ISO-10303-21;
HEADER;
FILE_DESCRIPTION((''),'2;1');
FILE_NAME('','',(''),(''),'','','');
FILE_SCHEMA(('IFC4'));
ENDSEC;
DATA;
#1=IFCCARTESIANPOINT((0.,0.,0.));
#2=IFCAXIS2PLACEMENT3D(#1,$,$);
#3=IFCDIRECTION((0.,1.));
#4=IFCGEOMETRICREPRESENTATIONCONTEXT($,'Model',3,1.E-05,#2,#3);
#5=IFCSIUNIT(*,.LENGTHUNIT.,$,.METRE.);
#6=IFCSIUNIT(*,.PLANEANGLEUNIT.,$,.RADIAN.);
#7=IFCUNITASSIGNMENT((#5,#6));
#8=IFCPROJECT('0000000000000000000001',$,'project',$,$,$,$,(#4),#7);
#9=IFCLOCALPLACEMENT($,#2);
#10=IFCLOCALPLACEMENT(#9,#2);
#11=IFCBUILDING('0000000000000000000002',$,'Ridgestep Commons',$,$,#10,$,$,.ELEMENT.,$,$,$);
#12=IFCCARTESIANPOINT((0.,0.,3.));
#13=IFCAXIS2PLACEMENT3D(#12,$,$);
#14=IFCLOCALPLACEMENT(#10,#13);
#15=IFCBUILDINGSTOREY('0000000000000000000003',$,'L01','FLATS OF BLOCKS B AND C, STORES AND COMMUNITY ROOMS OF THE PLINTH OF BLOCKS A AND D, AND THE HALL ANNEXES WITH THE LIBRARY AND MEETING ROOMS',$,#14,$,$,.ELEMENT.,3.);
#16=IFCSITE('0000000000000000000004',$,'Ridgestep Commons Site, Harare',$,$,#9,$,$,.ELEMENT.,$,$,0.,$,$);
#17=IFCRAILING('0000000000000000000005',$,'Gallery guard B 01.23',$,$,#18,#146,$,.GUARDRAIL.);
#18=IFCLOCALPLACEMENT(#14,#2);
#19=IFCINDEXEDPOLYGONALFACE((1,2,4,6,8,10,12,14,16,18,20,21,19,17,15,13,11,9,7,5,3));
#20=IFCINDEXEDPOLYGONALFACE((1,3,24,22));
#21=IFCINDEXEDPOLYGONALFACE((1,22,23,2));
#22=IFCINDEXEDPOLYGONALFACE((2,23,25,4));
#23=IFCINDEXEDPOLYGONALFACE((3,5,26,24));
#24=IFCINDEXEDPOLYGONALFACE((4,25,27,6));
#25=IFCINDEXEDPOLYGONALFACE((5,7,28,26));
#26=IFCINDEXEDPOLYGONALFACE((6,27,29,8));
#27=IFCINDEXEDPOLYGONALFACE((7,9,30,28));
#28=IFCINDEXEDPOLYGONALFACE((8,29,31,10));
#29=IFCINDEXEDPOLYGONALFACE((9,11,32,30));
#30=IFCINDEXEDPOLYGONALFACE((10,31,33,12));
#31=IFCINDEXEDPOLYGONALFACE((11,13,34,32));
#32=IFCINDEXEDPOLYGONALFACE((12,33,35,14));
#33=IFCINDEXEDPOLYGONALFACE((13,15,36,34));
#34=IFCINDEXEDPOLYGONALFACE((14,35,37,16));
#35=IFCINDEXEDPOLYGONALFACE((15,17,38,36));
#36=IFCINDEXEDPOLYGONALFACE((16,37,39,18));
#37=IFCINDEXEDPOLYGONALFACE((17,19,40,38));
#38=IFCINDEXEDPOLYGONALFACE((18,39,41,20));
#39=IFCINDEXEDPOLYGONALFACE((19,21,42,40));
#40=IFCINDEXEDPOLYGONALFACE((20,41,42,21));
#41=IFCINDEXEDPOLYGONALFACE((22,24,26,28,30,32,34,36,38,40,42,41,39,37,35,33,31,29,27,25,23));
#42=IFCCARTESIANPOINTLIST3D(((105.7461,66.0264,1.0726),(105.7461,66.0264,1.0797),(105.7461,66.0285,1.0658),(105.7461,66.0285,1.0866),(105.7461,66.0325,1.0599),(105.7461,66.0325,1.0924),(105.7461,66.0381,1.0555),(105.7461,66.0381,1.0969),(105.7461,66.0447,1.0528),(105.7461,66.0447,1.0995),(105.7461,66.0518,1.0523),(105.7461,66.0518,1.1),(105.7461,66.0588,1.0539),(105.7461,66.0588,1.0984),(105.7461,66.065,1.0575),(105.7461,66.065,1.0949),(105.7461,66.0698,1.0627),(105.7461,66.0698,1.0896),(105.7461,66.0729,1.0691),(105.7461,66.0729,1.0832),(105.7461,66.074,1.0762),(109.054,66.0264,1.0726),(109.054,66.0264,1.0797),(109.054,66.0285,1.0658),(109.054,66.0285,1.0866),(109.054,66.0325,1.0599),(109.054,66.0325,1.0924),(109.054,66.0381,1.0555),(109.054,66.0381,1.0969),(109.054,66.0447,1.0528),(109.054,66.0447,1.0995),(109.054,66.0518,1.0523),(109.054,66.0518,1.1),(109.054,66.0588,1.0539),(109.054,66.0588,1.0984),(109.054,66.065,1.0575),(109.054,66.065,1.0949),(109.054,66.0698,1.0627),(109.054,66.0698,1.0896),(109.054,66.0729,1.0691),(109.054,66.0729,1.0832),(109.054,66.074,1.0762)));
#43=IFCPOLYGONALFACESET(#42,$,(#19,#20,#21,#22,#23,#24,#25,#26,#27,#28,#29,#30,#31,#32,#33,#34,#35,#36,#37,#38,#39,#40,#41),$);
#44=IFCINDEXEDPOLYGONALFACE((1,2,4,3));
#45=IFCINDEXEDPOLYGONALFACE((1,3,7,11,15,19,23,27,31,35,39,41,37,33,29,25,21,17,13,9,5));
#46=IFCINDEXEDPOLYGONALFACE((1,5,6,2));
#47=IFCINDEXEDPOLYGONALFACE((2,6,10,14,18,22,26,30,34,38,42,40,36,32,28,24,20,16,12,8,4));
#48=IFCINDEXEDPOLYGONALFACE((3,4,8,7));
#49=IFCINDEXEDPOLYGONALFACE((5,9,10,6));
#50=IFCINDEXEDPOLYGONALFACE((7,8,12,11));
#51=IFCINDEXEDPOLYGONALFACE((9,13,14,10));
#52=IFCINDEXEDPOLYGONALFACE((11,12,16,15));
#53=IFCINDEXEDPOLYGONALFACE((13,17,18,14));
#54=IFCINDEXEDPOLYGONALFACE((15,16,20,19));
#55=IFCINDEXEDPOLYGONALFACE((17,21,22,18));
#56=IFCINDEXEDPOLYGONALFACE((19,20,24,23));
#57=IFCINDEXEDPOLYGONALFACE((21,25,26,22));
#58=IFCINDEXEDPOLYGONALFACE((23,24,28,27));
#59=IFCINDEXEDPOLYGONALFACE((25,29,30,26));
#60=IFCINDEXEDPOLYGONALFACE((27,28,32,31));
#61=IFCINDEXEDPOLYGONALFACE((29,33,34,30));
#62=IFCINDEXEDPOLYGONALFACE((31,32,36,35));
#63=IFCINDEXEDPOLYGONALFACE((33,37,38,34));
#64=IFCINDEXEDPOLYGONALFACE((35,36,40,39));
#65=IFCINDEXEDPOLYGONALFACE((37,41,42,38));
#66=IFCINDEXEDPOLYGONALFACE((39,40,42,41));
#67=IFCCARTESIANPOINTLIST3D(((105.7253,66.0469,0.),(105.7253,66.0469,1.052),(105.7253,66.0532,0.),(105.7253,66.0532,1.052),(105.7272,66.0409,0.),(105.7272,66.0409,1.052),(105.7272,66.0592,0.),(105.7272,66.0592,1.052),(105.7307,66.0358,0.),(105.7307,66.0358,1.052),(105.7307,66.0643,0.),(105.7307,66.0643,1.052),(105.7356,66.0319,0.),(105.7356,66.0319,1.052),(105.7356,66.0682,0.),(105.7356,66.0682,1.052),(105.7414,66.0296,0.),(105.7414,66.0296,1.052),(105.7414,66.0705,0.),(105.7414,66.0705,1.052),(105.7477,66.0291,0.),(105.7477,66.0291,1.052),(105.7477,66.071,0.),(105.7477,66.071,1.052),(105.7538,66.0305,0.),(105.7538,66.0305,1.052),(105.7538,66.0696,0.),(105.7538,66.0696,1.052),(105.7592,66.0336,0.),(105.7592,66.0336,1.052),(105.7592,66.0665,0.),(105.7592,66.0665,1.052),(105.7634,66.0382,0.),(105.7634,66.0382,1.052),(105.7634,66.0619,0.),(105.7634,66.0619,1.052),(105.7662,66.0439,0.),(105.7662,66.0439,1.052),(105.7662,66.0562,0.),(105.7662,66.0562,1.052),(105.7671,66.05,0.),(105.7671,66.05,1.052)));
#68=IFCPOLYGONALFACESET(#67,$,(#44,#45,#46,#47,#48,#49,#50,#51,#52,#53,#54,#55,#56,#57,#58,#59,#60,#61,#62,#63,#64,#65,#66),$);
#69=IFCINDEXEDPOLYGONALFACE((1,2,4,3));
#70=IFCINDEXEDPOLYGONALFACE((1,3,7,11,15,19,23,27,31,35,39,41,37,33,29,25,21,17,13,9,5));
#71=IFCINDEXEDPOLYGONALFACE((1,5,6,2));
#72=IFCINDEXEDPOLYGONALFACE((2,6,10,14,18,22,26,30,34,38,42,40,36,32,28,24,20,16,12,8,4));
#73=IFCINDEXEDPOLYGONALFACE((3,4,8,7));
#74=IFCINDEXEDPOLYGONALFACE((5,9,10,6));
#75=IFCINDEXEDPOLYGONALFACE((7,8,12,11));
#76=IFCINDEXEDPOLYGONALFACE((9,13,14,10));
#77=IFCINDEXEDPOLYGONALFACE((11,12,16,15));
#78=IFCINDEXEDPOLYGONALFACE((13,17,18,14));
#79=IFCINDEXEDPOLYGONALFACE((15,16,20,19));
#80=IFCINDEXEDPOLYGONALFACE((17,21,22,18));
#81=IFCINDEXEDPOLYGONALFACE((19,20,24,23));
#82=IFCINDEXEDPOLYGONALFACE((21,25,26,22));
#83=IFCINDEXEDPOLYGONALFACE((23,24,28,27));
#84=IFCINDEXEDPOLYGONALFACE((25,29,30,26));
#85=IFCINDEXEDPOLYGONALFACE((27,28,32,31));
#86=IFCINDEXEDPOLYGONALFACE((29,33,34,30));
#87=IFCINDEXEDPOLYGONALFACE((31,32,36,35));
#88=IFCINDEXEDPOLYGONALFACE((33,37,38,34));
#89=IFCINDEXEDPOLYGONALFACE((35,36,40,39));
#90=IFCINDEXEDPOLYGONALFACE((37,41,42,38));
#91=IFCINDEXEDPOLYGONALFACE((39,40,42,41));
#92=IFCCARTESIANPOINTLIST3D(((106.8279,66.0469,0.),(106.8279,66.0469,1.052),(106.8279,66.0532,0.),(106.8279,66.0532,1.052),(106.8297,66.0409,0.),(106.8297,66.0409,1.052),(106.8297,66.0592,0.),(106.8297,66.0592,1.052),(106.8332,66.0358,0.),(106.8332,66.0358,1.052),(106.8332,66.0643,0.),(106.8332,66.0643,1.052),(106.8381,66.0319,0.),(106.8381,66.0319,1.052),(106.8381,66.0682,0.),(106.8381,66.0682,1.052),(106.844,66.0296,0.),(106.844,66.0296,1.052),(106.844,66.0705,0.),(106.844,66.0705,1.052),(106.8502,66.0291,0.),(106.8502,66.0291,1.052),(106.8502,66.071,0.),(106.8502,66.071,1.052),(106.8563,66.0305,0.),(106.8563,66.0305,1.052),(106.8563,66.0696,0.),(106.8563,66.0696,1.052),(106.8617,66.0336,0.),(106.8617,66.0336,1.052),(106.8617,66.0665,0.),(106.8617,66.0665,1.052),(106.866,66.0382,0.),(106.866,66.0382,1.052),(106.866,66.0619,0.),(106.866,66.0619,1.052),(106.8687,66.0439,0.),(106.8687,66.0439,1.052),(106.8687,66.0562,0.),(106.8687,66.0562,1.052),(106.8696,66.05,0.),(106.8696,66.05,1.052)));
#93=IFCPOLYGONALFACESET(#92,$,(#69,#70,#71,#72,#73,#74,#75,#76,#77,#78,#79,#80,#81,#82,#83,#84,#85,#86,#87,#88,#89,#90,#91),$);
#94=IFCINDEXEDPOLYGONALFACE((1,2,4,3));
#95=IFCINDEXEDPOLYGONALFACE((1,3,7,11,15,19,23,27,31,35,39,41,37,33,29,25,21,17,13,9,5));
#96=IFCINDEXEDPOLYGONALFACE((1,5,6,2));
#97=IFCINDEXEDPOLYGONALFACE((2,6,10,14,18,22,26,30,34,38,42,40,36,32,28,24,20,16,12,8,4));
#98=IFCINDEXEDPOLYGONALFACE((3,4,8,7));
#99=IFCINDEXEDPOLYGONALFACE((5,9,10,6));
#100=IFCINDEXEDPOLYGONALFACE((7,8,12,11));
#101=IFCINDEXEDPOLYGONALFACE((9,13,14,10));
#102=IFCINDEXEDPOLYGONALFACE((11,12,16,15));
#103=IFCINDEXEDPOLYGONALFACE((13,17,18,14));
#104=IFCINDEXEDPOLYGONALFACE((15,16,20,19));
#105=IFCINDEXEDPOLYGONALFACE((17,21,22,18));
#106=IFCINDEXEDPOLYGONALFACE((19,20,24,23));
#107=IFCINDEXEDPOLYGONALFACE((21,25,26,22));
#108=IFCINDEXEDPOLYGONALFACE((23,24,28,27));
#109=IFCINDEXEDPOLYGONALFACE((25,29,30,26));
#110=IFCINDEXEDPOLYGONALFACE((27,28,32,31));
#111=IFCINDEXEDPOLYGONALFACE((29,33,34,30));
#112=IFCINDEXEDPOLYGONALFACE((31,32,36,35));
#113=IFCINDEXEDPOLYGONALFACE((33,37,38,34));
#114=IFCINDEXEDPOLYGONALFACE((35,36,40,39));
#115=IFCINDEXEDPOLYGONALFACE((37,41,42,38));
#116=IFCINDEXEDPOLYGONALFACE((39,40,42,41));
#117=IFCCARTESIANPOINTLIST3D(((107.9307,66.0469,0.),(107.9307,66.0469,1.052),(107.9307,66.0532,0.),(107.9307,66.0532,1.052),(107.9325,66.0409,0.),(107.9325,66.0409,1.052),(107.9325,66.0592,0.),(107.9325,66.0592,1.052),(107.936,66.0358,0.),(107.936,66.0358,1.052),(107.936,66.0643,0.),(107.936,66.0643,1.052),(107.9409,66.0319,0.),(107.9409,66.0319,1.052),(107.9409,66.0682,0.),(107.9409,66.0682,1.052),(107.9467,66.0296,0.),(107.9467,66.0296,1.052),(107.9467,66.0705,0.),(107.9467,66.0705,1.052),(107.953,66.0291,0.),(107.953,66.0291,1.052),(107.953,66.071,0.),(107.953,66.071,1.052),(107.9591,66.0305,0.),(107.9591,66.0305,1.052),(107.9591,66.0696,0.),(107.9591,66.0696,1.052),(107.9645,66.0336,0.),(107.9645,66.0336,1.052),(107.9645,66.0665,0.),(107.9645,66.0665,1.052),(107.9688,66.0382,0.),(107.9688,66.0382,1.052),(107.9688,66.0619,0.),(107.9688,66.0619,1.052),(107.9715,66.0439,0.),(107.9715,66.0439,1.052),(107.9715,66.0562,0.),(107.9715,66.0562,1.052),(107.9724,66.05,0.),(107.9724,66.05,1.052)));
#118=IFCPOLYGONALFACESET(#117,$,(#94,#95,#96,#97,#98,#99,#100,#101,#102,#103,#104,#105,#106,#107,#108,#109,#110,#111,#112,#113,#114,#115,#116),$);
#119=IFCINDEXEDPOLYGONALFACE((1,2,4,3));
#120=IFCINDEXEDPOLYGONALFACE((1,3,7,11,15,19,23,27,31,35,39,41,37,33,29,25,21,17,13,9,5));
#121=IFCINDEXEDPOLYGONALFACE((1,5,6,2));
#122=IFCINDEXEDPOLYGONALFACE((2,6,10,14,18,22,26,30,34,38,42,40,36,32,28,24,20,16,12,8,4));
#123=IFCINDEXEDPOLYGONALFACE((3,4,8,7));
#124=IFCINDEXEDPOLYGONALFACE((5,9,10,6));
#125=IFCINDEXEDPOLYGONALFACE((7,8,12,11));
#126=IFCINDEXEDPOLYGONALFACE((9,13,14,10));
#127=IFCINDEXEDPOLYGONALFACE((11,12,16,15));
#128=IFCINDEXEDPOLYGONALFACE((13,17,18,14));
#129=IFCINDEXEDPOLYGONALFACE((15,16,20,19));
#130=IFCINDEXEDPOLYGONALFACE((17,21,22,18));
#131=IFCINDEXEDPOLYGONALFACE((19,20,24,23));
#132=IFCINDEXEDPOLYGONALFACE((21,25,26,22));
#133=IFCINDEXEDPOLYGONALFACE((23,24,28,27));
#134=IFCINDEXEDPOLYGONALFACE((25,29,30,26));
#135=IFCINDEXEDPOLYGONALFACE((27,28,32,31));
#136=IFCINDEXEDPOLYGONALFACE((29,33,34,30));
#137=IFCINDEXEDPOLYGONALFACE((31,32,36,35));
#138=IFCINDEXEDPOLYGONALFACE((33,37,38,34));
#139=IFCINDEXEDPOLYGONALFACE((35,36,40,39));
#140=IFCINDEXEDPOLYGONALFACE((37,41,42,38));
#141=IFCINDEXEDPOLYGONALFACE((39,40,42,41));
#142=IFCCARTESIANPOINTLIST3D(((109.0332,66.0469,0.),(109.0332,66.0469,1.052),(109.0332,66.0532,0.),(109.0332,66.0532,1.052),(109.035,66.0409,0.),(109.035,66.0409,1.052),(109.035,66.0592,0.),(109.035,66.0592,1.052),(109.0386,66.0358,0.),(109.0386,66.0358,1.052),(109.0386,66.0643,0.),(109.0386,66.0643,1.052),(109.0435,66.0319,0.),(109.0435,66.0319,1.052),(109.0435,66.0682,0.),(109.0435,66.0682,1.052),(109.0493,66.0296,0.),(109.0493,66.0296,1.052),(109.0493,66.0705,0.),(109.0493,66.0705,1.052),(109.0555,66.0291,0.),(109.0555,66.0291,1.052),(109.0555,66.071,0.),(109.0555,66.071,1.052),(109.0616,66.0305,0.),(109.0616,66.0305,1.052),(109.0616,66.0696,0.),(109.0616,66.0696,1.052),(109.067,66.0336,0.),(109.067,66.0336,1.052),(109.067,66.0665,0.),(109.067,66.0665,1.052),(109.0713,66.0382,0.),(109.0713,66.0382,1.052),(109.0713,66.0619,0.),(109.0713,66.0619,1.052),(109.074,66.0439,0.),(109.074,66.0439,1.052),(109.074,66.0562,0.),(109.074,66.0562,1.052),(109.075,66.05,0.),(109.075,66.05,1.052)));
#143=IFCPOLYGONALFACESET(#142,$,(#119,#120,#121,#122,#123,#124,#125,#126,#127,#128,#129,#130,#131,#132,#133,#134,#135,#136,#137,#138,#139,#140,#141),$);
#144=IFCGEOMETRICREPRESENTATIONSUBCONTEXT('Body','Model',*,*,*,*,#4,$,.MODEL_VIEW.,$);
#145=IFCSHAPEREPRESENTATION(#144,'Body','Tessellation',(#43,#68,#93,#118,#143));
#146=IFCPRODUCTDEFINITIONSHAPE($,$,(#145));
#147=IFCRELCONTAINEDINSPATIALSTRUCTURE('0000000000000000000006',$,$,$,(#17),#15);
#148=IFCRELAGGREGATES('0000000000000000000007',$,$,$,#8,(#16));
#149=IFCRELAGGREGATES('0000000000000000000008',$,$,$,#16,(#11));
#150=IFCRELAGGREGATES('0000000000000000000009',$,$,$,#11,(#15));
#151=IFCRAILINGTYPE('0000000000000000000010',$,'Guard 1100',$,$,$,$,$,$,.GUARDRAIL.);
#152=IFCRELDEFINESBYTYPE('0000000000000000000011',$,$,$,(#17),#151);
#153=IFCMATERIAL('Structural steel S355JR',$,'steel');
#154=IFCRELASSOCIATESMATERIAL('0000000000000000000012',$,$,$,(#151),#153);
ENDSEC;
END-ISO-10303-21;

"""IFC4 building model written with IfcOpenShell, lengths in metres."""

from ifc_helpers import new_model, si_unit, direction, frame, origin, origin_2d, place, context, subcontext, project, spatial, circle, extrude, material, type_object, element, save


model = new_model("IFC4")

# Units and contexts
model_context = context("Model", 3, precision=1e-05, world=origin(), true_north=direction((0.0, 1.0)))
body_context = subcontext(model_context, "Body", "Model", "MODEL_VIEW")
ifc_project = project(units=[si_unit("LENGTHUNIT", "METRE"), si_unit("PLANEANGLEUNIT", "RADIAN")], contexts=[model_context])

# Site, building, storey
site_placement = place(None, origin())
site = spatial("IfcSite", under=ifc_project, at=site_placement, Name="Ridgestep Commons Site, Harare", CompositionType="ELEMENT", RefElevation=0.0)
building_placement = place(site_placement, origin())
building = spatial("IfcBuilding", under=site, at=building_placement, Name="Ridgestep Commons", CompositionType="ELEMENT")
storey_placement = place(building_placement, frame((0.0, 0.0, 3.0)))
storey = spatial("IfcBuildingStorey", under=building, at=storey_placement, Name="L01", Description="FLATS OF BLOCKS B AND C, STORES AND COMMUNITY ROOMS OF THE PLINTH OF BLOCKS A AND D, AND THE HALL ANNEXES WITH THE LIBRARY AND MEETING ROOMS", CompositionType="ELEMENT", Elevation=3.0)

# Railing
ifc_material_1 = material(Name="Structural steel S355JR", Category="steel")
railing_type = type_object("IfcRailingType", Name="Guard 1100", PredefinedType="GUARDRAIL", material=ifc_material_1)
railing_1_placement = place(storey_placement, frame((105.7461, 66.05, 0.0)))
element("IfcRailing", 1, at=railing_1_placement, inside=storey, type_object=railing_type, Name="Gallery guard B 01.23", PredefinedType="GUARDRAIL", context=body_context, shape_type="SweptSolid", body=[
    extrude(circle(Radius=0.0239, at=origin_2d()), frame((0.0, 0.0, 1.0762), z_axis=(1.0, 0.0, 0.0), x_axis=(0.0, 1.0, 0.0)), (0.0, 0.0, 1.0), 3.3079),
    extrude(circle(Radius=0.021, at=origin_2d()), origin(), (0.0, 0.0, 1.0), 1.052),
    extrude(circle(Radius=0.021, at=origin_2d()), frame((1.1025, 0.0, 0.0)), (0.0, 0.0, 1.0), 1.052),
    extrude(circle(Radius=0.021, at=origin_2d()), frame((2.2053, 0.0, 0.0)), (0.0, 0.0, 1.0), 1.052),
    extrude(circle(Radius=0.021, at=origin_2d()), frame((3.3079, 0.0, 0.0)), (0.0, 0.0, 1.0), 1.052),
])

save(model, "model.ifc")
